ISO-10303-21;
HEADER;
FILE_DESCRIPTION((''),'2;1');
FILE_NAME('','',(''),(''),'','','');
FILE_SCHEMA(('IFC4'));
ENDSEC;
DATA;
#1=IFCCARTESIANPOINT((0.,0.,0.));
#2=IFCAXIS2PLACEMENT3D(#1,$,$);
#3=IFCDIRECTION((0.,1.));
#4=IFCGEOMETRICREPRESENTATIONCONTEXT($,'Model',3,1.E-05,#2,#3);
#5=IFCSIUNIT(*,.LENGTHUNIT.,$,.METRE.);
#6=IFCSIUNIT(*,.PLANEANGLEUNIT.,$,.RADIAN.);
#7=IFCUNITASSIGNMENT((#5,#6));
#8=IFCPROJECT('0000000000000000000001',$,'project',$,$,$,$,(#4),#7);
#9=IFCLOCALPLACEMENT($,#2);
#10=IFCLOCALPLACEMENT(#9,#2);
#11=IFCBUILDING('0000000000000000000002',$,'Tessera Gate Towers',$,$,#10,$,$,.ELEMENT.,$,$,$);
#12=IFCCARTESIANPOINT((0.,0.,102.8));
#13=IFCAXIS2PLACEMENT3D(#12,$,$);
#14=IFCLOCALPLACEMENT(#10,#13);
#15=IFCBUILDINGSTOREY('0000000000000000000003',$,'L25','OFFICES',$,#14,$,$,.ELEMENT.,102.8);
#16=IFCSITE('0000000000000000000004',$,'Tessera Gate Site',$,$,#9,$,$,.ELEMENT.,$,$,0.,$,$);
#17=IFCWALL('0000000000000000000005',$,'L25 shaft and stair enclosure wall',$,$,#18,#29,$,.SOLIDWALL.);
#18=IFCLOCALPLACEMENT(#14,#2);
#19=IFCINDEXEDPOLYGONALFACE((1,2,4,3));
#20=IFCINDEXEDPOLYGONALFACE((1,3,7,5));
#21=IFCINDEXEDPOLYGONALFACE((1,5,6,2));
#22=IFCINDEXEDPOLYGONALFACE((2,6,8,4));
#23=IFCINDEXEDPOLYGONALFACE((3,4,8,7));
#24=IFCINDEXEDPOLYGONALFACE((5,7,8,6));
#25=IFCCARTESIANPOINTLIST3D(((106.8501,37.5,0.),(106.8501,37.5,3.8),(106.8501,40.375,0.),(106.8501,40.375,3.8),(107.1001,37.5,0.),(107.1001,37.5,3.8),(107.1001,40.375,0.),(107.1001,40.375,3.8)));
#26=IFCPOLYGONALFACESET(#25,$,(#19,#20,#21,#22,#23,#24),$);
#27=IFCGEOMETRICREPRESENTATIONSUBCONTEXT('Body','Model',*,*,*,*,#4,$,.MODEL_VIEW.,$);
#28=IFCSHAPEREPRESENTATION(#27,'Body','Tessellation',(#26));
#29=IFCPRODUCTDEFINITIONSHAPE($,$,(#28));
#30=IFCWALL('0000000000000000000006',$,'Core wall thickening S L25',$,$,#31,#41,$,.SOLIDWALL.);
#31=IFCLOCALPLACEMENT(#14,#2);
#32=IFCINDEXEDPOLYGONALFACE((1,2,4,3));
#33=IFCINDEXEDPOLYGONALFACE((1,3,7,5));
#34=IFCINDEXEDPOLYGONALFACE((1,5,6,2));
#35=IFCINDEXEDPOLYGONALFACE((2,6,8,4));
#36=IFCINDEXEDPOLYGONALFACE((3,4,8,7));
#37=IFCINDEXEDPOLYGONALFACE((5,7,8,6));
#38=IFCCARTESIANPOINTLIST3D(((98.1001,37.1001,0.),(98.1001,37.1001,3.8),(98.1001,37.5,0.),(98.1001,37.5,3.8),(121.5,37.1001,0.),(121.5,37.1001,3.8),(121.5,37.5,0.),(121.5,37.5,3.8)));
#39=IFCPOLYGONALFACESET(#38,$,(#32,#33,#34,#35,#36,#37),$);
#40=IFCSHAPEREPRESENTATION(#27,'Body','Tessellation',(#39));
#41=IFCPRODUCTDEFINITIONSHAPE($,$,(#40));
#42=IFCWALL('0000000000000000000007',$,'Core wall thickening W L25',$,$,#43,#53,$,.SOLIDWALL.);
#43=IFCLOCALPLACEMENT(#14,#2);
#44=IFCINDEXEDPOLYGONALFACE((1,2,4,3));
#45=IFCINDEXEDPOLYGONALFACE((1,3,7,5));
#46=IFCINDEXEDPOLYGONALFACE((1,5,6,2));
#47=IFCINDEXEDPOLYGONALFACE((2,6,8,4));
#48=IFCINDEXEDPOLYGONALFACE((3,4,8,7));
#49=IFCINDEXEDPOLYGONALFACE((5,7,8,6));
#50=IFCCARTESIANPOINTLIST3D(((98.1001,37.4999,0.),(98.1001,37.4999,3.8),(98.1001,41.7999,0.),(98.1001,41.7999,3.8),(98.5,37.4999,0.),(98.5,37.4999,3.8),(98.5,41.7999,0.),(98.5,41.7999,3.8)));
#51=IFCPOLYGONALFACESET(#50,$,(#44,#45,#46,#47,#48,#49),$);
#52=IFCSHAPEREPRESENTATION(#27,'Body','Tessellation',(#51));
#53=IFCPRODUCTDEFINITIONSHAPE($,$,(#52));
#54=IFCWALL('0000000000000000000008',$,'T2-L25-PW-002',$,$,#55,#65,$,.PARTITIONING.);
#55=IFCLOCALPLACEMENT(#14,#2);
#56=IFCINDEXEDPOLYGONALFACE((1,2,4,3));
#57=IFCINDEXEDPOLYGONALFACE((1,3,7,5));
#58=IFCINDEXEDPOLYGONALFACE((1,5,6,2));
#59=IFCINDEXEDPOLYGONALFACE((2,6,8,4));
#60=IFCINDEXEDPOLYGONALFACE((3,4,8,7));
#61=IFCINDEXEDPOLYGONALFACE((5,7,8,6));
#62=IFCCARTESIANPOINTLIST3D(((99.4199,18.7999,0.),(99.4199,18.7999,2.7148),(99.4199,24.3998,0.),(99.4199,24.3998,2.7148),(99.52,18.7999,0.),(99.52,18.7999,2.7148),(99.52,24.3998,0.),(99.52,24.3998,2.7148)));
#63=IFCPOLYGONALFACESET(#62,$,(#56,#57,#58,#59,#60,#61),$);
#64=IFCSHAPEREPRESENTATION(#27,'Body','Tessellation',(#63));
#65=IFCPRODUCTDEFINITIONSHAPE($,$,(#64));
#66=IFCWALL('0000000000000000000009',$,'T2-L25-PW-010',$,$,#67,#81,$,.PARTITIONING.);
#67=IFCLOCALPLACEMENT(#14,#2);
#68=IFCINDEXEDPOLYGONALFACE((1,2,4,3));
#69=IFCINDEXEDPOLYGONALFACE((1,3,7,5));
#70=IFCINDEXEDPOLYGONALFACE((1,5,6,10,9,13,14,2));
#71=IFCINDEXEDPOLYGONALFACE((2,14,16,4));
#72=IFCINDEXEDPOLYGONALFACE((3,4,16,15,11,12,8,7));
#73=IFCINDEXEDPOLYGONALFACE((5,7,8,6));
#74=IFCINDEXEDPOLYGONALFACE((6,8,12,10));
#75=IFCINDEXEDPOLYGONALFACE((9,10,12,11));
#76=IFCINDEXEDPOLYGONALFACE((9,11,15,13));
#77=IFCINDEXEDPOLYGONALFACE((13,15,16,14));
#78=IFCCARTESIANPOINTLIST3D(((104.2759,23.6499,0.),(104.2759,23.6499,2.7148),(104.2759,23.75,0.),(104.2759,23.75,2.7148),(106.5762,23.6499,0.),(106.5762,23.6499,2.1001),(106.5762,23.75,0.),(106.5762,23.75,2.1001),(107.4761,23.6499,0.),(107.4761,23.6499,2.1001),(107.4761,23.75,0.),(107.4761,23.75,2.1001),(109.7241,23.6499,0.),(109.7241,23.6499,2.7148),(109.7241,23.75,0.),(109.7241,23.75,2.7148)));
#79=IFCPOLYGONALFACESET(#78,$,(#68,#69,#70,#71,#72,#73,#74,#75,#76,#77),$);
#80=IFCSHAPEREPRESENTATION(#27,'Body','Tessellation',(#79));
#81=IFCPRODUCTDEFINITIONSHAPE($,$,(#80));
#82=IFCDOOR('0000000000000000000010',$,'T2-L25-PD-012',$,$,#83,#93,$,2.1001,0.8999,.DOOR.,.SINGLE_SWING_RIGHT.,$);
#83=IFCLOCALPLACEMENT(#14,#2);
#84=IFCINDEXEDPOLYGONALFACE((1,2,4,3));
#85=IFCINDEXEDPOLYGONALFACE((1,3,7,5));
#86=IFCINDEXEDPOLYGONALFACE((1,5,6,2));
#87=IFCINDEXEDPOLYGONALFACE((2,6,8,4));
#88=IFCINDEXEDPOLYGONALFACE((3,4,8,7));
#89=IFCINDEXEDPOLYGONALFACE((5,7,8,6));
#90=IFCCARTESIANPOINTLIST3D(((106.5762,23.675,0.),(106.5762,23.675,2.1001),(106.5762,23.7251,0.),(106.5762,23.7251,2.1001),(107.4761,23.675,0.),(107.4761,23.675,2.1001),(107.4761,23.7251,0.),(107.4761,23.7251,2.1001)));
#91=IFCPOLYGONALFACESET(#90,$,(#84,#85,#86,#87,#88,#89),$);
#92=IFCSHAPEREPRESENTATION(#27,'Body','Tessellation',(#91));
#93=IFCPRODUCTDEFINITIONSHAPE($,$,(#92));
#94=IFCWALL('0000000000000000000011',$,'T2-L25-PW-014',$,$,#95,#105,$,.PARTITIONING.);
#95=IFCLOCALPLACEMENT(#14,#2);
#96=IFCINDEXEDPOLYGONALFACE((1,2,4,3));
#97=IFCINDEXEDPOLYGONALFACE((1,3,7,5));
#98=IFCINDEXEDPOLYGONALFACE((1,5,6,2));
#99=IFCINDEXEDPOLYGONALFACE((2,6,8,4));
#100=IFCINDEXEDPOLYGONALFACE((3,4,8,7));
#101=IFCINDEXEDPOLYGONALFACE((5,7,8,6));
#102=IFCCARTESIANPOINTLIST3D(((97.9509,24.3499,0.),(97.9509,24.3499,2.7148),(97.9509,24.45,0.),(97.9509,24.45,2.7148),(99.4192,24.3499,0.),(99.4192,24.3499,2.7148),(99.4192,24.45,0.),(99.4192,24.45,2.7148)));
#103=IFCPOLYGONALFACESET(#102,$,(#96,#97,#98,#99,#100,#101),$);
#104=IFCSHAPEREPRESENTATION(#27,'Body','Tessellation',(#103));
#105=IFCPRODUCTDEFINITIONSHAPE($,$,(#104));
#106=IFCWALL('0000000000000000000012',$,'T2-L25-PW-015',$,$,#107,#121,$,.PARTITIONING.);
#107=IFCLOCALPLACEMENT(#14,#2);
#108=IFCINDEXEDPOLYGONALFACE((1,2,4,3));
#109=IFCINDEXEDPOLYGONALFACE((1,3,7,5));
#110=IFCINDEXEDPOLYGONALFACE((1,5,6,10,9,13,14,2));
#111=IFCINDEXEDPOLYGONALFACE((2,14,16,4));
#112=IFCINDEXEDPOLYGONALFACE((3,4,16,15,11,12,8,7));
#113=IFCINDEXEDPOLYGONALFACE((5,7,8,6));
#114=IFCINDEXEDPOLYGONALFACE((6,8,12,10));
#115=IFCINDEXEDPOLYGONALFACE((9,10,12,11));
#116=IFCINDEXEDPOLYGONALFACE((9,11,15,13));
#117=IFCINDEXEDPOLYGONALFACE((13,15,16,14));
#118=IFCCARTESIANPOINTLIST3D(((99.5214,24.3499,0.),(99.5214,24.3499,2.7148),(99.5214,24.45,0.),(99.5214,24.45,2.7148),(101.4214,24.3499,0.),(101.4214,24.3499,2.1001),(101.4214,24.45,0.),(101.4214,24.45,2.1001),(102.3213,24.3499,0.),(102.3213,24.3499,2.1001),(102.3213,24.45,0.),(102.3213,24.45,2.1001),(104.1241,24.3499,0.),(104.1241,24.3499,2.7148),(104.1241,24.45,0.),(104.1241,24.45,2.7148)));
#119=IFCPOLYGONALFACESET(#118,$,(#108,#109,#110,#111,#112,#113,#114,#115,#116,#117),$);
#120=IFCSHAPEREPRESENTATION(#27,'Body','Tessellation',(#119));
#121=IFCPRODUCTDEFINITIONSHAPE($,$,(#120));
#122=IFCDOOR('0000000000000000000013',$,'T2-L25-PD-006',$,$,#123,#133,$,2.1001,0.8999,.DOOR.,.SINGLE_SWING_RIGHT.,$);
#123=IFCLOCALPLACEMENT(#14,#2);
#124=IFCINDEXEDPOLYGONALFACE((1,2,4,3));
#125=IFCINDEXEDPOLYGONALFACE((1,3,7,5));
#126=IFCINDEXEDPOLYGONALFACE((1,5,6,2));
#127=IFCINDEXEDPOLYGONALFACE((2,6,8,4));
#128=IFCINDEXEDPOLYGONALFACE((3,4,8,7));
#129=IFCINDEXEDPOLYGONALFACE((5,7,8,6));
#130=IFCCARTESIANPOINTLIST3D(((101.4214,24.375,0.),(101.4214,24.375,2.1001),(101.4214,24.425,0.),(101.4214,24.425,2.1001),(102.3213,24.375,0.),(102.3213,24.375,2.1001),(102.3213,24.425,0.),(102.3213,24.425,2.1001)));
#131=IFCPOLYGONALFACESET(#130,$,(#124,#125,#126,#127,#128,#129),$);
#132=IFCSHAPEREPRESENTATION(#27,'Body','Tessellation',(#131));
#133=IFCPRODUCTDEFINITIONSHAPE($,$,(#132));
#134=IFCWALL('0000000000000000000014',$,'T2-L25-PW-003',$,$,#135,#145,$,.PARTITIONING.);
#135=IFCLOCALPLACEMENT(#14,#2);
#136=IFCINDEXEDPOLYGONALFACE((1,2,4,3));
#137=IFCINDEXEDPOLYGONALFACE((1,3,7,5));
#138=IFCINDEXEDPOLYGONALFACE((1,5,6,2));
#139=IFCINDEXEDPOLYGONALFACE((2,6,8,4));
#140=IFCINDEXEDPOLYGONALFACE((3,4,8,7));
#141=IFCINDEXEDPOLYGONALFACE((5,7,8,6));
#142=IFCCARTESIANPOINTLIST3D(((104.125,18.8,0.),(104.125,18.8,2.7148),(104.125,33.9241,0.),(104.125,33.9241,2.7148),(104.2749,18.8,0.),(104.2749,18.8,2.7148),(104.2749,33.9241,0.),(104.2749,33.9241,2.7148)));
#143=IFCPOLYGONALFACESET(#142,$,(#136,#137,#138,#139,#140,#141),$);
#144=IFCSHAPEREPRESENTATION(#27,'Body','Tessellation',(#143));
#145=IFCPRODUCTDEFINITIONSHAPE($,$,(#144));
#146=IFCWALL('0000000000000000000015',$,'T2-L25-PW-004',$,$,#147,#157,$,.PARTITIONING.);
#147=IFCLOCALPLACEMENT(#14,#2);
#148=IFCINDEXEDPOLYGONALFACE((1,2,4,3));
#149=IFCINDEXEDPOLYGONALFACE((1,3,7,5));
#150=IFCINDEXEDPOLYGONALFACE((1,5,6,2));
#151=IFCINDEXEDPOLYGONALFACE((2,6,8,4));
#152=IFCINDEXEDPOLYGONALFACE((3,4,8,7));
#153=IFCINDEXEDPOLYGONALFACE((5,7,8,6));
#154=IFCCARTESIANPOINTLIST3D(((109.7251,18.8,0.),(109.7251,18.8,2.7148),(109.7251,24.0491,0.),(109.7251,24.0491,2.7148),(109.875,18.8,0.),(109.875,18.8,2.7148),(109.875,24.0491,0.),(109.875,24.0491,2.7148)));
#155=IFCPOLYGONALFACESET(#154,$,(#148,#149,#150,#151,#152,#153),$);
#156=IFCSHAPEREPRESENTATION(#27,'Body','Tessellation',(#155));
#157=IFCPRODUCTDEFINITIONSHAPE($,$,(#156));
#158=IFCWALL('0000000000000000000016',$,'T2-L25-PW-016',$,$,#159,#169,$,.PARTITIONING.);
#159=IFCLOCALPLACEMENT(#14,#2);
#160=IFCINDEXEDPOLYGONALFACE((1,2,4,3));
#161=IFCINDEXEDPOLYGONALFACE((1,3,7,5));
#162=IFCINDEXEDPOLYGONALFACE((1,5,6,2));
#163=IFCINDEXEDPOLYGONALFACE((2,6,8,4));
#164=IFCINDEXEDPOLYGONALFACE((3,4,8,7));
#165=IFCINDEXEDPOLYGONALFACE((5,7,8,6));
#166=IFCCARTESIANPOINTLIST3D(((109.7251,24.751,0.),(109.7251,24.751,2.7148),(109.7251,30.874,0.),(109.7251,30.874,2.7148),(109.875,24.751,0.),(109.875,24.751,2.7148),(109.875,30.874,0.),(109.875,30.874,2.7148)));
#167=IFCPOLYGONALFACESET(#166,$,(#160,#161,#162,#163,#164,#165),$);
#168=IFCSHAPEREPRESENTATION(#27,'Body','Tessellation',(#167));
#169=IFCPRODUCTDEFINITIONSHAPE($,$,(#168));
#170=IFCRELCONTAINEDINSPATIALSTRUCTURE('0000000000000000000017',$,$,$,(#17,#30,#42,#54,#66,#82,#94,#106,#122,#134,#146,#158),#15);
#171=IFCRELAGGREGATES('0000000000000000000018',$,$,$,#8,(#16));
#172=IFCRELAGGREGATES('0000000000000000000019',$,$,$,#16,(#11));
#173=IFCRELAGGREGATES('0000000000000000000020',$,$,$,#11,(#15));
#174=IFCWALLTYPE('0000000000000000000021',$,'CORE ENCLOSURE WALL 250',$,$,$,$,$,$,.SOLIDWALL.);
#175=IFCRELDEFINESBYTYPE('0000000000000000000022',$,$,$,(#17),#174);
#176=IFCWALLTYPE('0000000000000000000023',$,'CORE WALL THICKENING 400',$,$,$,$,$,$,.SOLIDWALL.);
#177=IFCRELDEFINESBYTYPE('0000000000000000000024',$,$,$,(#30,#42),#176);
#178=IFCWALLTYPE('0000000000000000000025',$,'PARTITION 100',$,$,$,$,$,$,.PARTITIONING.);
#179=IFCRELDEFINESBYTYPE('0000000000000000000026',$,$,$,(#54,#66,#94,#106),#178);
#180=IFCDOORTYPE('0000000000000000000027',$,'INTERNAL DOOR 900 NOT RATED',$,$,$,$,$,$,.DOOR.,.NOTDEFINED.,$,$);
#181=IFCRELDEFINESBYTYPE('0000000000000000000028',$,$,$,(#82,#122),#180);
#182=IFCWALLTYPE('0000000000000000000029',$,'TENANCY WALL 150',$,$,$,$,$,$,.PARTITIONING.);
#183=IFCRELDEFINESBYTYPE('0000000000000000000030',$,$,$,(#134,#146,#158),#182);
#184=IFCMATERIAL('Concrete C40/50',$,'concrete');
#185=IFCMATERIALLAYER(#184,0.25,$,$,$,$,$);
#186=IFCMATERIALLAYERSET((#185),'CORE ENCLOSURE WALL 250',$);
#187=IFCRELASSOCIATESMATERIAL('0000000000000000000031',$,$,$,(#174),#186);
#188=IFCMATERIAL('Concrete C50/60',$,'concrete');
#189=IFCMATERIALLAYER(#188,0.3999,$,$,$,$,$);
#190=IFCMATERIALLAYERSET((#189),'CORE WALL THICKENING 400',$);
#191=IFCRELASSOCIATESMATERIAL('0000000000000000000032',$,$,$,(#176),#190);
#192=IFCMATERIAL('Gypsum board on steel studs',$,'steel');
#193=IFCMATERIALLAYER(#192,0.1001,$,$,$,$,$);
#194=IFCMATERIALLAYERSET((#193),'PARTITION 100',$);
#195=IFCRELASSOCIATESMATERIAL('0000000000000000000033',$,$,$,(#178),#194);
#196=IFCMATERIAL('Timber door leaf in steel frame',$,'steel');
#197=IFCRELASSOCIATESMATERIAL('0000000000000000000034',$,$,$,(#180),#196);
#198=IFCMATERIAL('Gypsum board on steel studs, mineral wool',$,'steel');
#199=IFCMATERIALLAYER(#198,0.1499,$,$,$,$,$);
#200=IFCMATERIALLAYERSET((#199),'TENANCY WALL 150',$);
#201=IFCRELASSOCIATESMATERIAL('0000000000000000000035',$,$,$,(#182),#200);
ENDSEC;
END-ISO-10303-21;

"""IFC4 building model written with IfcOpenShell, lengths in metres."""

from ifc_helpers import new_model, si_unit, direction, frame, frame_2d, origin, place, context, subcontext, project, spatial, rectangle, extrude, source, transform, mapped, material, layer, layer_set, type_object, element, fill, save


model = new_model("IFC4")

# Units and contexts
model_context = context("Model", 3, precision=1e-05, world=origin(), true_north=direction((0.0, 1.0)))
body_context = subcontext(model_context, "Body", "Model", "MODEL_VIEW")
ifc_project = project(units=[si_unit("LENGTHUNIT", "METRE"), si_unit("PLANEANGLEUNIT", "RADIAN")], contexts=[model_context])

# Site, building, storey
site_placement = place(None, origin())
site = spatial("IfcSite", under=ifc_project, at=site_placement, Name="Tessera Gate Site", CompositionType="ELEMENT", RefElevation=0.0)
building_placement = place(site_placement, origin())
building = spatial("IfcBuilding", under=site, at=building_placement, Name="Tessera Gate Towers", CompositionType="ELEMENT")
storey_placement = place(building_placement, frame((0.0, 0.0, 102.8)))
storey = spatial("IfcBuildingStorey", under=building, at=storey_placement, Name="L25", Description="OFFICES", CompositionType="ELEMENT", Elevation=102.8)

# Wall
ifc_material_1 = material(Name="Concrete C40/50", Category="concrete")
ifc_layer_1 = layer(ifc_material_1, 0.25)
ifc_layer_set_1 = layer_set([ifc_layer_1], Name="CORE ENCLOSURE WALL 250")
wall_type_1 = type_object("IfcWallType", Name="CORE ENCLOSURE WALL 250", PredefinedType="SOLIDWALL", material=ifc_layer_set_1)
for number, where, z_axis, x_axis, name in (
    (1, (106.9751, 37.5, 0.0), (0.0, 0.0, 1.0), (0.0, 1.0, 0.0), "L25 shaft and stair enclosure wall"),
):
    element("IfcWall", number, at=place(storey_placement, frame(where, z_axis=z_axis, x_axis=x_axis)), inside=storey, type_object=wall_type_1, Name=name, PredefinedType="SOLIDWALL", context=body_context, shape_type="SweptSolid", body=[
        extrude(rectangle(XDim=2.875, YDim=0.25, at=frame_2d((1.4375, 0.0))), origin(), (0.0, 0.0, 1.0), 3.8),
    ])

# Walls
ifc_material_2 = material(Name="Concrete C50/60", Category="concrete")
ifc_layer_2 = layer(ifc_material_2, 0.3999)
ifc_layer_set_2 = layer_set([ifc_layer_2], Name="CORE WALL THICKENING 400")
wall_type_2 = type_object("IfcWallType", Name="CORE WALL THICKENING 400", PredefinedType="SOLIDWALL", material=ifc_layer_set_2)
wall_1_placement = place(storey_placement, frame((98.1001, 37.3, 0.0), z_axis=(0.0, 0.0, 1.0), x_axis=(1.0, 0.0, 0.0)))
element("IfcWall", 2, at=wall_1_placement, inside=storey, type_object=wall_type_2, Name="Core wall thickening S L25", PredefinedType="SOLIDWALL", context=body_context, shape_type="SweptSolid", body=[
    extrude(rectangle(XDim=23.3999, YDim=0.3999, at=frame_2d((11.7, 0.0))), origin(), (0.0, 0.0, 1.0), 3.8),
])
wall_2_placement = place(storey_placement, frame((98.3, 37.5, 0.0), z_axis=(0.0, 0.0, 1.0), x_axis=(0.0, 1.0, 0.0)))
element("IfcWall", 3, at=wall_2_placement, inside=storey, type_object=wall_type_2, Name="Core wall thickening W L25", PredefinedType="SOLIDWALL", context=body_context, shape_type="SweptSolid", body=[
    extrude(rectangle(XDim=4.3, YDim=0.3999, at=frame_2d((2.1499, 0.0))), origin(), (0.0, 0.0, 1.0), 3.8),
])
ifc_material_3 = material(Name="Gypsum board on steel studs", Category="steel")
ifc_layer_3 = layer(ifc_material_3, 0.1001)
ifc_layer_set_3 = layer_set([ifc_layer_3], Name="PARTITION 100")
wall_type_3 = type_object("IfcWallType", Name="PARTITION 100", PredefinedType="PARTITIONING", material=ifc_layer_set_3)
wall_3_placement = place(storey_placement, frame((99.47, 18.8, 0.0), z_axis=(0.0, 0.0, 1.0), x_axis=(0.0, 1.0, 0.0)))
element("IfcWall", 4, at=wall_3_placement, inside=storey, type_object=wall_type_3, Name="T2-L25-PW-002", PredefinedType="PARTITIONING", context=body_context, shape_type="SweptSolid", body=[
    extrude(rectangle(XDim=5.5999, YDim=0.1001, at=frame_2d((2.7998, 0.0))), origin(), (0.0, 0.0, 1.0), 2.7148),
])

# Wall, opening, door
wall_4_placement = place(storey_placement, frame((109.7241, 23.7, 0.0), z_axis=(0.0, 0.0, 1.0), x_axis=(-1.0, 0.0, 0.0)))
wall_4 = element("IfcWall", 5, at=wall_4_placement, inside=storey, type_object=wall_type_3, Name="T2-L25-PW-010", PredefinedType="PARTITIONING", context=body_context, shape_type="SweptSolid", body=[
    extrude(rectangle(XDim=5.4482, YDim=0.1001, at=frame_2d((2.7241, 0.0))), origin(), (0.0, 0.0, 1.0), 2.7148),
])
shared_shape_1 = source(origin(), body_context, "Body", "SweptSolid", [
    extrude(rectangle(XDim=0.8999, YDim=2.1001, at=frame_2d((0.45, 1.05))), frame((0.0, 0.0601, 0.0), z_axis=(0.0, -1.0, 0.0), x_axis=(1.0, 0.0, 0.0)), (0.0, 0.0, 1.0), 0.1201),
])
opening_1_placement = place(wall_4_placement, frame((2.248, 0.0, 0.0)))
opening_1 = element("IfcOpeningElement", 6, at=opening_1_placement, cuts=wall_4, PredefinedType="OPENING", context=body_context, shape_type="MappedRepresentation", body=[
    mapped(shared_shape_1, transform((0.0, 0.0, 0.0), scale=1.0)),
])
ifc_material_4 = material(Name="Timber door leaf in steel frame", Category="steel")
door_type_1 = type_object("IfcDoorType", Name="INTERNAL DOOR 900 NOT RATED", OperationType="NOTDEFINED", PredefinedType="DOOR", material=ifc_material_4)
shared_shape_2 = source(origin(), body_context, "Body", "SweptSolid", [
    extrude(rectangle(XDim=0.8999, YDim=2.1001, at=frame_2d((0.45, 1.05))), frame((0.0, 0.0249, 0.0), z_axis=(0.0, -1.0, 0.0), x_axis=(1.0, 0.0, 0.0)), (0.0, 0.0, 1.0), 0.05),
])
door_1_placement = place(opening_1_placement, origin())
door_1 = element("IfcDoor", 7, at=door_1_placement, inside=storey, type_object=door_type_1, Name="T2-L25-PD-012", OperationType="SINGLE_SWING_RIGHT", OverallHeight=2.1001, OverallWidth=0.8999, PredefinedType="DOOR", context=body_context, shape_type="MappedRepresentation", body=[
    mapped(shared_shape_2, transform((0.0, 0.0, 0.0), scale=1.0)),
])
fill(opening_1, door_1)

# Wall
wall_5_placement = place(storey_placement, frame((97.9509, 24.3999, 0.0), z_axis=(0.0, 0.0, 1.0), x_axis=(1.0, 0.0, 0.0)))
element("IfcWall", 8, at=wall_5_placement, inside=storey, type_object=wall_type_3, Name="T2-L25-PW-014", PredefinedType="PARTITIONING", context=body_context, shape_type="SweptSolid", body=[
    extrude(rectangle(XDim=1.4683, YDim=0.1001, at=frame_2d((0.7341, 0.0))), origin(), (0.0, 0.0, 1.0), 2.7148),
])

# Wall, opening, door
wall_6_placement = place(storey_placement, frame((104.124, 24.3999, 0.0), z_axis=(0.0, 0.0, 1.0), x_axis=(-1.0, 0.0, 0.0)))
wall_6 = element("IfcWall", 9, at=wall_6_placement, inside=storey, type_object=wall_type_3, Name="T2-L25-PW-015", PredefinedType="PARTITIONING", context=body_context, shape_type="SweptSolid", body=[
    extrude(rectangle(XDim=4.6028, YDim=0.1001, at=frame_2d((2.3013, 0.0))), origin(), (0.0, 0.0, 1.0), 2.7148),
])
opening_2_placement = place(wall_6_placement, frame((1.8027, 0.0, 0.0)))
opening_2 = element("IfcOpeningElement", 10, at=opening_2_placement, cuts=wall_6, PredefinedType="OPENING", context=body_context, shape_type="MappedRepresentation", body=[
    mapped(shared_shape_1, transform((0.0, 0.0, 0.0), scale=1.0)),
])
door_2_placement = place(opening_2_placement, origin())
door_2 = element("IfcDoor", 11, at=door_2_placement, inside=storey, type_object=door_type_1, Name="T2-L25-PD-006", OperationType="SINGLE_SWING_RIGHT", OverallHeight=2.1001, OverallWidth=0.8999, PredefinedType="DOOR", context=body_context, shape_type="MappedRepresentation", body=[
    mapped(shared_shape_2, transform((0.0, 0.0, 0.0), scale=1.0)),
])
fill(opening_2, door_2)

# Walls
ifc_material_5 = material(Name="Gypsum board on steel studs, mineral wool", Category="steel")
ifc_layer_4 = layer(ifc_material_5, 0.1499)
ifc_layer_set_4 = layer_set([ifc_layer_4], Name="TENANCY WALL 150")
wall_type_4 = type_object("IfcWallType", Name="TENANCY WALL 150", PredefinedType="PARTITIONING", material=ifc_layer_set_4)
wall_7_placement = place(storey_placement, frame((104.2, 18.8, 0.0), z_axis=(0.0, 0.0, 1.0), x_axis=(0.0, 1.0, 0.0)))
element("IfcWall", 12, at=wall_7_placement, inside=storey, type_object=wall_type_4, Name="T2-L25-PW-003", PredefinedType="PARTITIONING", context=body_context, shape_type="SweptSolid", body=[
    extrude(rectangle(XDim=15.124, YDim=0.1499, at=frame_2d((7.562, 0.0))), origin(), (0.0, 0.0, 1.0), 2.7148),
])
wall_8_placement = place(storey_placement, frame((109.8, 18.8, 0.0), z_axis=(0.0, 0.0, 1.0), x_axis=(0.0, 1.0, 0.0)))
element("IfcWall", 13, at=wall_8_placement, inside=storey, type_object=wall_type_4, Name="T2-L25-PW-004", PredefinedType="PARTITIONING", context=body_context, shape_type="SweptSolid", body=[
    extrude(rectangle(XDim=5.249, YDim=0.1499, at=frame_2d((2.6245, 0.0))), origin(), (0.0, 0.0, 1.0), 2.7148),
])
wall_9_placement = place(storey_placement, frame((109.8, 24.751, 0.0), z_axis=(0.0, 0.0, 1.0), x_axis=(0.0, 1.0, 0.0)))
element("IfcWall", 14, at=wall_9_placement, inside=storey, type_object=wall_type_4, Name="T2-L25-PW-016", PredefinedType="PARTITIONING", context=body_context, shape_type="SweptSolid", body=[
    extrude(rectangle(XDim=6.123, YDim=0.1499, at=frame_2d((3.0615, 0.0))), origin(), (0.0, 0.0, 1.0), 2.7148),
])

save(model, "model.ifc")
